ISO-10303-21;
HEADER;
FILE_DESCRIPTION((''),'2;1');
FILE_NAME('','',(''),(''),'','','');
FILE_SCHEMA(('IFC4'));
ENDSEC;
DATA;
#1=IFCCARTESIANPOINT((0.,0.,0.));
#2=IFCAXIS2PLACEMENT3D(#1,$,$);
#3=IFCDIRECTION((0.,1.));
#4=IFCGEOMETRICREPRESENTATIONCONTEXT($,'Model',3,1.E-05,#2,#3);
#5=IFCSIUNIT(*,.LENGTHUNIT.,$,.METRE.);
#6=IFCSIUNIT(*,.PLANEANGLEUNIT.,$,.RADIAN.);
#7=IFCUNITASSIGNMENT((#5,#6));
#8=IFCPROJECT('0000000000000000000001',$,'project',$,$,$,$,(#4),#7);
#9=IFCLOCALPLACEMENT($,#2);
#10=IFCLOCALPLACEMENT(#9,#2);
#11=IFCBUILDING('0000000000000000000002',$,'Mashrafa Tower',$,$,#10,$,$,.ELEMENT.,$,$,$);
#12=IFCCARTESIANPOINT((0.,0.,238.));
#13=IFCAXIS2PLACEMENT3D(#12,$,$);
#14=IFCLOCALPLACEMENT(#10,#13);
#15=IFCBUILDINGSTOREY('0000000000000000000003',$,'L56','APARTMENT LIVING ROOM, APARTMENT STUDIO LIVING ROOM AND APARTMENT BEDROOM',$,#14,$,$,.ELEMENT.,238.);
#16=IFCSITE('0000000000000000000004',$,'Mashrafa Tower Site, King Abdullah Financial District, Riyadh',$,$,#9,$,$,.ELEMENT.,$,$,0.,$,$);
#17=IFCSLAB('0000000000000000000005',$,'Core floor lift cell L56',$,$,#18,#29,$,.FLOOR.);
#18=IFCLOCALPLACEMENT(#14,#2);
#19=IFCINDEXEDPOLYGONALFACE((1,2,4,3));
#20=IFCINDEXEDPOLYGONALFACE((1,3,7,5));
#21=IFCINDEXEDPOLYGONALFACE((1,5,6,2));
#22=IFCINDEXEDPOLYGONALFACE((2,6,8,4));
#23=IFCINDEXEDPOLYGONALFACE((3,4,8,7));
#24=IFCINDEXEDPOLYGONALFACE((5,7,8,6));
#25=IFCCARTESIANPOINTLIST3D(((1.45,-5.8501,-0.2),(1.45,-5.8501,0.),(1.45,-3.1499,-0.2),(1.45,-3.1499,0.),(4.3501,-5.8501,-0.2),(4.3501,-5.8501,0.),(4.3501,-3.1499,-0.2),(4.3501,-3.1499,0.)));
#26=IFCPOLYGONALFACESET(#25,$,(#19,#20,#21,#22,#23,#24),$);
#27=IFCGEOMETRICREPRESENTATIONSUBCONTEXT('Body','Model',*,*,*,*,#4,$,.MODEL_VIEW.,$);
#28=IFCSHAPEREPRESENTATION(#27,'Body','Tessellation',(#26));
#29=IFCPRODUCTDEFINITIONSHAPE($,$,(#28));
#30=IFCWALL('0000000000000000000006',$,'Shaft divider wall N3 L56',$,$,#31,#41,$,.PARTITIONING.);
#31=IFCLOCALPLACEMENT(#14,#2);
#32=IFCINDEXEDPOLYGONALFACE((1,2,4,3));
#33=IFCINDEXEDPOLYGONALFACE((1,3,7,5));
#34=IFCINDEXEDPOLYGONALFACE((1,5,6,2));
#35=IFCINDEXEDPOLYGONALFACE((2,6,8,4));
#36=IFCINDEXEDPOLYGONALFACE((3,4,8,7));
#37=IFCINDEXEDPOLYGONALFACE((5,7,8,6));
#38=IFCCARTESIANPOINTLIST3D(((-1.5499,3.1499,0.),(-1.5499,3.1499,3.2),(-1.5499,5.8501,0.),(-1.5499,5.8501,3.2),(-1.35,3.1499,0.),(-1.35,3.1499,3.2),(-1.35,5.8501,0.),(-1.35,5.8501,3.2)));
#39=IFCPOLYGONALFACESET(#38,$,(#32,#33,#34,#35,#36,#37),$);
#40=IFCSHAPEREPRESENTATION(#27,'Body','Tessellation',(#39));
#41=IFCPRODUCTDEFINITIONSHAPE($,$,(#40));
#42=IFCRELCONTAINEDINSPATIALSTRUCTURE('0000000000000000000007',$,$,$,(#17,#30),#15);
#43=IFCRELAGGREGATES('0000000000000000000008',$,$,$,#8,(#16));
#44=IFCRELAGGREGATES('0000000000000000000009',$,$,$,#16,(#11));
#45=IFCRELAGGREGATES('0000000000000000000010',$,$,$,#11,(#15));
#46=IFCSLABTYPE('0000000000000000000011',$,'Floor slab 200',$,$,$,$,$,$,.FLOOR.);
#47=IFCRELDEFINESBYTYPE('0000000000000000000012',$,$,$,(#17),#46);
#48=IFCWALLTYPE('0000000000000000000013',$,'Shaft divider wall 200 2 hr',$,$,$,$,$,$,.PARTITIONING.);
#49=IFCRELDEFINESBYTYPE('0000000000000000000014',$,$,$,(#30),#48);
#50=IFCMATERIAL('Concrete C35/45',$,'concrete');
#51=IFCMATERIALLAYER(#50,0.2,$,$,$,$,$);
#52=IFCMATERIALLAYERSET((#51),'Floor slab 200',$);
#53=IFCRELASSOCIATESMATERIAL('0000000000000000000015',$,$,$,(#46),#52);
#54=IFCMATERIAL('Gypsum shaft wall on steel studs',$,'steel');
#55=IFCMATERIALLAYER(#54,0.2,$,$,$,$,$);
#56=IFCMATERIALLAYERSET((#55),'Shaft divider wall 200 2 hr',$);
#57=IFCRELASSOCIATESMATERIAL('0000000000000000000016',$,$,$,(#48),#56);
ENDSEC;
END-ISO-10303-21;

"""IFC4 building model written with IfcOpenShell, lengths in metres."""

from ifc_helpers import new_model, si_unit, direction, frame, frame_2d, origin, place, context, subcontext, project, spatial, polyline, rectangle, outline, extrude, material, layer, layer_set, type_object, element, save


model = new_model("IFC4")

# Units and contexts
model_context = context("Model", 3, precision=1e-05, world=origin(), true_north=direction((0.0, 1.0)))
body_context = subcontext(model_context, "Body", "Model", "MODEL_VIEW")
ifc_project = project(units=[si_unit("LENGTHUNIT", "METRE"), si_unit("PLANEANGLEUNIT", "RADIAN")], contexts=[model_context])

# Site, building, storey
site_placement = place(None, origin())
site = spatial("IfcSite", under=ifc_project, at=site_placement, Name="Mashrafa Tower Site, King Abdullah Financial District, Riyadh", CompositionType="ELEMENT", RefElevation=0.0)
building_placement = place(site_placement, origin())
building = spatial("IfcBuilding", under=site, at=building_placement, Name="Mashrafa Tower", CompositionType="ELEMENT")
storey_placement = place(building_placement, frame((0.0, 0.0, 238.0)))
storey = spatial("IfcBuildingStorey", under=building, at=storey_placement, Name="L56", Description="APARTMENT LIVING ROOM, APARTMENT STUDIO LIVING ROOM AND APARTMENT BEDROOM", CompositionType="ELEMENT", Elevation=238.0)

# Slab
ifc_material_1 = material(Name="Concrete C35/45", Category="concrete")
ifc_layer_1 = layer(ifc_material_1, 0.2)
ifc_layer_set_1 = layer_set([ifc_layer_1], Name="Floor slab 200")
slab_type = type_object("IfcSlabType", Name="Floor slab 200", PredefinedType="FLOOR", material=ifc_layer_set_1)
slab_1_placement = place(storey_placement, frame((0.0, 0.0, -0.2)))
element("IfcSlab", 1, at=slab_1_placement, inside=storey, type_object=slab_type, Name="Core floor lift cell L56", PredefinedType="FLOOR", context=body_context, shape_type="SweptSolid", body=[
    extrude(outline(polyline([(4.3501, -3.1499), (4.3501, -5.8501), (1.45, -5.8501), (1.45, -3.1499), (4.3501, -3.1499)])), origin(), (0.0, 0.0, 1.0), 0.2),
])

# Wall
ifc_material_2 = material(Name="Gypsum shaft wall on steel studs", Category="steel")
ifc_layer_2 = layer(ifc_material_2, 0.2)
ifc_layer_set_2 = layer_set([ifc_layer_2], Name="Shaft divider wall 200 2 hr")
wall_type = type_object("IfcWallType", Name="Shaft divider wall 200 2 hr", PredefinedType="PARTITIONING", material=ifc_layer_set_2)
wall_placement = place(storey_placement, frame((-1.45, 3.1499, 0.0), z_axis=(0.0, 0.0, 1.0), x_axis=(0.0, 1.0, 0.0)))
element("IfcWall", 2, at=wall_placement, inside=storey, type_object=wall_type, Name="Shaft divider wall N3 L56", PredefinedType="PARTITIONING", context=body_context, shape_type="SweptSolid", body=[
    extrude(rectangle(XDim=2.7002, YDim=0.2, at=frame_2d((1.3501, 0.0))), origin(), (0.0, 0.0, 1.0), 3.2),
])

save(model, "model.ifc")
